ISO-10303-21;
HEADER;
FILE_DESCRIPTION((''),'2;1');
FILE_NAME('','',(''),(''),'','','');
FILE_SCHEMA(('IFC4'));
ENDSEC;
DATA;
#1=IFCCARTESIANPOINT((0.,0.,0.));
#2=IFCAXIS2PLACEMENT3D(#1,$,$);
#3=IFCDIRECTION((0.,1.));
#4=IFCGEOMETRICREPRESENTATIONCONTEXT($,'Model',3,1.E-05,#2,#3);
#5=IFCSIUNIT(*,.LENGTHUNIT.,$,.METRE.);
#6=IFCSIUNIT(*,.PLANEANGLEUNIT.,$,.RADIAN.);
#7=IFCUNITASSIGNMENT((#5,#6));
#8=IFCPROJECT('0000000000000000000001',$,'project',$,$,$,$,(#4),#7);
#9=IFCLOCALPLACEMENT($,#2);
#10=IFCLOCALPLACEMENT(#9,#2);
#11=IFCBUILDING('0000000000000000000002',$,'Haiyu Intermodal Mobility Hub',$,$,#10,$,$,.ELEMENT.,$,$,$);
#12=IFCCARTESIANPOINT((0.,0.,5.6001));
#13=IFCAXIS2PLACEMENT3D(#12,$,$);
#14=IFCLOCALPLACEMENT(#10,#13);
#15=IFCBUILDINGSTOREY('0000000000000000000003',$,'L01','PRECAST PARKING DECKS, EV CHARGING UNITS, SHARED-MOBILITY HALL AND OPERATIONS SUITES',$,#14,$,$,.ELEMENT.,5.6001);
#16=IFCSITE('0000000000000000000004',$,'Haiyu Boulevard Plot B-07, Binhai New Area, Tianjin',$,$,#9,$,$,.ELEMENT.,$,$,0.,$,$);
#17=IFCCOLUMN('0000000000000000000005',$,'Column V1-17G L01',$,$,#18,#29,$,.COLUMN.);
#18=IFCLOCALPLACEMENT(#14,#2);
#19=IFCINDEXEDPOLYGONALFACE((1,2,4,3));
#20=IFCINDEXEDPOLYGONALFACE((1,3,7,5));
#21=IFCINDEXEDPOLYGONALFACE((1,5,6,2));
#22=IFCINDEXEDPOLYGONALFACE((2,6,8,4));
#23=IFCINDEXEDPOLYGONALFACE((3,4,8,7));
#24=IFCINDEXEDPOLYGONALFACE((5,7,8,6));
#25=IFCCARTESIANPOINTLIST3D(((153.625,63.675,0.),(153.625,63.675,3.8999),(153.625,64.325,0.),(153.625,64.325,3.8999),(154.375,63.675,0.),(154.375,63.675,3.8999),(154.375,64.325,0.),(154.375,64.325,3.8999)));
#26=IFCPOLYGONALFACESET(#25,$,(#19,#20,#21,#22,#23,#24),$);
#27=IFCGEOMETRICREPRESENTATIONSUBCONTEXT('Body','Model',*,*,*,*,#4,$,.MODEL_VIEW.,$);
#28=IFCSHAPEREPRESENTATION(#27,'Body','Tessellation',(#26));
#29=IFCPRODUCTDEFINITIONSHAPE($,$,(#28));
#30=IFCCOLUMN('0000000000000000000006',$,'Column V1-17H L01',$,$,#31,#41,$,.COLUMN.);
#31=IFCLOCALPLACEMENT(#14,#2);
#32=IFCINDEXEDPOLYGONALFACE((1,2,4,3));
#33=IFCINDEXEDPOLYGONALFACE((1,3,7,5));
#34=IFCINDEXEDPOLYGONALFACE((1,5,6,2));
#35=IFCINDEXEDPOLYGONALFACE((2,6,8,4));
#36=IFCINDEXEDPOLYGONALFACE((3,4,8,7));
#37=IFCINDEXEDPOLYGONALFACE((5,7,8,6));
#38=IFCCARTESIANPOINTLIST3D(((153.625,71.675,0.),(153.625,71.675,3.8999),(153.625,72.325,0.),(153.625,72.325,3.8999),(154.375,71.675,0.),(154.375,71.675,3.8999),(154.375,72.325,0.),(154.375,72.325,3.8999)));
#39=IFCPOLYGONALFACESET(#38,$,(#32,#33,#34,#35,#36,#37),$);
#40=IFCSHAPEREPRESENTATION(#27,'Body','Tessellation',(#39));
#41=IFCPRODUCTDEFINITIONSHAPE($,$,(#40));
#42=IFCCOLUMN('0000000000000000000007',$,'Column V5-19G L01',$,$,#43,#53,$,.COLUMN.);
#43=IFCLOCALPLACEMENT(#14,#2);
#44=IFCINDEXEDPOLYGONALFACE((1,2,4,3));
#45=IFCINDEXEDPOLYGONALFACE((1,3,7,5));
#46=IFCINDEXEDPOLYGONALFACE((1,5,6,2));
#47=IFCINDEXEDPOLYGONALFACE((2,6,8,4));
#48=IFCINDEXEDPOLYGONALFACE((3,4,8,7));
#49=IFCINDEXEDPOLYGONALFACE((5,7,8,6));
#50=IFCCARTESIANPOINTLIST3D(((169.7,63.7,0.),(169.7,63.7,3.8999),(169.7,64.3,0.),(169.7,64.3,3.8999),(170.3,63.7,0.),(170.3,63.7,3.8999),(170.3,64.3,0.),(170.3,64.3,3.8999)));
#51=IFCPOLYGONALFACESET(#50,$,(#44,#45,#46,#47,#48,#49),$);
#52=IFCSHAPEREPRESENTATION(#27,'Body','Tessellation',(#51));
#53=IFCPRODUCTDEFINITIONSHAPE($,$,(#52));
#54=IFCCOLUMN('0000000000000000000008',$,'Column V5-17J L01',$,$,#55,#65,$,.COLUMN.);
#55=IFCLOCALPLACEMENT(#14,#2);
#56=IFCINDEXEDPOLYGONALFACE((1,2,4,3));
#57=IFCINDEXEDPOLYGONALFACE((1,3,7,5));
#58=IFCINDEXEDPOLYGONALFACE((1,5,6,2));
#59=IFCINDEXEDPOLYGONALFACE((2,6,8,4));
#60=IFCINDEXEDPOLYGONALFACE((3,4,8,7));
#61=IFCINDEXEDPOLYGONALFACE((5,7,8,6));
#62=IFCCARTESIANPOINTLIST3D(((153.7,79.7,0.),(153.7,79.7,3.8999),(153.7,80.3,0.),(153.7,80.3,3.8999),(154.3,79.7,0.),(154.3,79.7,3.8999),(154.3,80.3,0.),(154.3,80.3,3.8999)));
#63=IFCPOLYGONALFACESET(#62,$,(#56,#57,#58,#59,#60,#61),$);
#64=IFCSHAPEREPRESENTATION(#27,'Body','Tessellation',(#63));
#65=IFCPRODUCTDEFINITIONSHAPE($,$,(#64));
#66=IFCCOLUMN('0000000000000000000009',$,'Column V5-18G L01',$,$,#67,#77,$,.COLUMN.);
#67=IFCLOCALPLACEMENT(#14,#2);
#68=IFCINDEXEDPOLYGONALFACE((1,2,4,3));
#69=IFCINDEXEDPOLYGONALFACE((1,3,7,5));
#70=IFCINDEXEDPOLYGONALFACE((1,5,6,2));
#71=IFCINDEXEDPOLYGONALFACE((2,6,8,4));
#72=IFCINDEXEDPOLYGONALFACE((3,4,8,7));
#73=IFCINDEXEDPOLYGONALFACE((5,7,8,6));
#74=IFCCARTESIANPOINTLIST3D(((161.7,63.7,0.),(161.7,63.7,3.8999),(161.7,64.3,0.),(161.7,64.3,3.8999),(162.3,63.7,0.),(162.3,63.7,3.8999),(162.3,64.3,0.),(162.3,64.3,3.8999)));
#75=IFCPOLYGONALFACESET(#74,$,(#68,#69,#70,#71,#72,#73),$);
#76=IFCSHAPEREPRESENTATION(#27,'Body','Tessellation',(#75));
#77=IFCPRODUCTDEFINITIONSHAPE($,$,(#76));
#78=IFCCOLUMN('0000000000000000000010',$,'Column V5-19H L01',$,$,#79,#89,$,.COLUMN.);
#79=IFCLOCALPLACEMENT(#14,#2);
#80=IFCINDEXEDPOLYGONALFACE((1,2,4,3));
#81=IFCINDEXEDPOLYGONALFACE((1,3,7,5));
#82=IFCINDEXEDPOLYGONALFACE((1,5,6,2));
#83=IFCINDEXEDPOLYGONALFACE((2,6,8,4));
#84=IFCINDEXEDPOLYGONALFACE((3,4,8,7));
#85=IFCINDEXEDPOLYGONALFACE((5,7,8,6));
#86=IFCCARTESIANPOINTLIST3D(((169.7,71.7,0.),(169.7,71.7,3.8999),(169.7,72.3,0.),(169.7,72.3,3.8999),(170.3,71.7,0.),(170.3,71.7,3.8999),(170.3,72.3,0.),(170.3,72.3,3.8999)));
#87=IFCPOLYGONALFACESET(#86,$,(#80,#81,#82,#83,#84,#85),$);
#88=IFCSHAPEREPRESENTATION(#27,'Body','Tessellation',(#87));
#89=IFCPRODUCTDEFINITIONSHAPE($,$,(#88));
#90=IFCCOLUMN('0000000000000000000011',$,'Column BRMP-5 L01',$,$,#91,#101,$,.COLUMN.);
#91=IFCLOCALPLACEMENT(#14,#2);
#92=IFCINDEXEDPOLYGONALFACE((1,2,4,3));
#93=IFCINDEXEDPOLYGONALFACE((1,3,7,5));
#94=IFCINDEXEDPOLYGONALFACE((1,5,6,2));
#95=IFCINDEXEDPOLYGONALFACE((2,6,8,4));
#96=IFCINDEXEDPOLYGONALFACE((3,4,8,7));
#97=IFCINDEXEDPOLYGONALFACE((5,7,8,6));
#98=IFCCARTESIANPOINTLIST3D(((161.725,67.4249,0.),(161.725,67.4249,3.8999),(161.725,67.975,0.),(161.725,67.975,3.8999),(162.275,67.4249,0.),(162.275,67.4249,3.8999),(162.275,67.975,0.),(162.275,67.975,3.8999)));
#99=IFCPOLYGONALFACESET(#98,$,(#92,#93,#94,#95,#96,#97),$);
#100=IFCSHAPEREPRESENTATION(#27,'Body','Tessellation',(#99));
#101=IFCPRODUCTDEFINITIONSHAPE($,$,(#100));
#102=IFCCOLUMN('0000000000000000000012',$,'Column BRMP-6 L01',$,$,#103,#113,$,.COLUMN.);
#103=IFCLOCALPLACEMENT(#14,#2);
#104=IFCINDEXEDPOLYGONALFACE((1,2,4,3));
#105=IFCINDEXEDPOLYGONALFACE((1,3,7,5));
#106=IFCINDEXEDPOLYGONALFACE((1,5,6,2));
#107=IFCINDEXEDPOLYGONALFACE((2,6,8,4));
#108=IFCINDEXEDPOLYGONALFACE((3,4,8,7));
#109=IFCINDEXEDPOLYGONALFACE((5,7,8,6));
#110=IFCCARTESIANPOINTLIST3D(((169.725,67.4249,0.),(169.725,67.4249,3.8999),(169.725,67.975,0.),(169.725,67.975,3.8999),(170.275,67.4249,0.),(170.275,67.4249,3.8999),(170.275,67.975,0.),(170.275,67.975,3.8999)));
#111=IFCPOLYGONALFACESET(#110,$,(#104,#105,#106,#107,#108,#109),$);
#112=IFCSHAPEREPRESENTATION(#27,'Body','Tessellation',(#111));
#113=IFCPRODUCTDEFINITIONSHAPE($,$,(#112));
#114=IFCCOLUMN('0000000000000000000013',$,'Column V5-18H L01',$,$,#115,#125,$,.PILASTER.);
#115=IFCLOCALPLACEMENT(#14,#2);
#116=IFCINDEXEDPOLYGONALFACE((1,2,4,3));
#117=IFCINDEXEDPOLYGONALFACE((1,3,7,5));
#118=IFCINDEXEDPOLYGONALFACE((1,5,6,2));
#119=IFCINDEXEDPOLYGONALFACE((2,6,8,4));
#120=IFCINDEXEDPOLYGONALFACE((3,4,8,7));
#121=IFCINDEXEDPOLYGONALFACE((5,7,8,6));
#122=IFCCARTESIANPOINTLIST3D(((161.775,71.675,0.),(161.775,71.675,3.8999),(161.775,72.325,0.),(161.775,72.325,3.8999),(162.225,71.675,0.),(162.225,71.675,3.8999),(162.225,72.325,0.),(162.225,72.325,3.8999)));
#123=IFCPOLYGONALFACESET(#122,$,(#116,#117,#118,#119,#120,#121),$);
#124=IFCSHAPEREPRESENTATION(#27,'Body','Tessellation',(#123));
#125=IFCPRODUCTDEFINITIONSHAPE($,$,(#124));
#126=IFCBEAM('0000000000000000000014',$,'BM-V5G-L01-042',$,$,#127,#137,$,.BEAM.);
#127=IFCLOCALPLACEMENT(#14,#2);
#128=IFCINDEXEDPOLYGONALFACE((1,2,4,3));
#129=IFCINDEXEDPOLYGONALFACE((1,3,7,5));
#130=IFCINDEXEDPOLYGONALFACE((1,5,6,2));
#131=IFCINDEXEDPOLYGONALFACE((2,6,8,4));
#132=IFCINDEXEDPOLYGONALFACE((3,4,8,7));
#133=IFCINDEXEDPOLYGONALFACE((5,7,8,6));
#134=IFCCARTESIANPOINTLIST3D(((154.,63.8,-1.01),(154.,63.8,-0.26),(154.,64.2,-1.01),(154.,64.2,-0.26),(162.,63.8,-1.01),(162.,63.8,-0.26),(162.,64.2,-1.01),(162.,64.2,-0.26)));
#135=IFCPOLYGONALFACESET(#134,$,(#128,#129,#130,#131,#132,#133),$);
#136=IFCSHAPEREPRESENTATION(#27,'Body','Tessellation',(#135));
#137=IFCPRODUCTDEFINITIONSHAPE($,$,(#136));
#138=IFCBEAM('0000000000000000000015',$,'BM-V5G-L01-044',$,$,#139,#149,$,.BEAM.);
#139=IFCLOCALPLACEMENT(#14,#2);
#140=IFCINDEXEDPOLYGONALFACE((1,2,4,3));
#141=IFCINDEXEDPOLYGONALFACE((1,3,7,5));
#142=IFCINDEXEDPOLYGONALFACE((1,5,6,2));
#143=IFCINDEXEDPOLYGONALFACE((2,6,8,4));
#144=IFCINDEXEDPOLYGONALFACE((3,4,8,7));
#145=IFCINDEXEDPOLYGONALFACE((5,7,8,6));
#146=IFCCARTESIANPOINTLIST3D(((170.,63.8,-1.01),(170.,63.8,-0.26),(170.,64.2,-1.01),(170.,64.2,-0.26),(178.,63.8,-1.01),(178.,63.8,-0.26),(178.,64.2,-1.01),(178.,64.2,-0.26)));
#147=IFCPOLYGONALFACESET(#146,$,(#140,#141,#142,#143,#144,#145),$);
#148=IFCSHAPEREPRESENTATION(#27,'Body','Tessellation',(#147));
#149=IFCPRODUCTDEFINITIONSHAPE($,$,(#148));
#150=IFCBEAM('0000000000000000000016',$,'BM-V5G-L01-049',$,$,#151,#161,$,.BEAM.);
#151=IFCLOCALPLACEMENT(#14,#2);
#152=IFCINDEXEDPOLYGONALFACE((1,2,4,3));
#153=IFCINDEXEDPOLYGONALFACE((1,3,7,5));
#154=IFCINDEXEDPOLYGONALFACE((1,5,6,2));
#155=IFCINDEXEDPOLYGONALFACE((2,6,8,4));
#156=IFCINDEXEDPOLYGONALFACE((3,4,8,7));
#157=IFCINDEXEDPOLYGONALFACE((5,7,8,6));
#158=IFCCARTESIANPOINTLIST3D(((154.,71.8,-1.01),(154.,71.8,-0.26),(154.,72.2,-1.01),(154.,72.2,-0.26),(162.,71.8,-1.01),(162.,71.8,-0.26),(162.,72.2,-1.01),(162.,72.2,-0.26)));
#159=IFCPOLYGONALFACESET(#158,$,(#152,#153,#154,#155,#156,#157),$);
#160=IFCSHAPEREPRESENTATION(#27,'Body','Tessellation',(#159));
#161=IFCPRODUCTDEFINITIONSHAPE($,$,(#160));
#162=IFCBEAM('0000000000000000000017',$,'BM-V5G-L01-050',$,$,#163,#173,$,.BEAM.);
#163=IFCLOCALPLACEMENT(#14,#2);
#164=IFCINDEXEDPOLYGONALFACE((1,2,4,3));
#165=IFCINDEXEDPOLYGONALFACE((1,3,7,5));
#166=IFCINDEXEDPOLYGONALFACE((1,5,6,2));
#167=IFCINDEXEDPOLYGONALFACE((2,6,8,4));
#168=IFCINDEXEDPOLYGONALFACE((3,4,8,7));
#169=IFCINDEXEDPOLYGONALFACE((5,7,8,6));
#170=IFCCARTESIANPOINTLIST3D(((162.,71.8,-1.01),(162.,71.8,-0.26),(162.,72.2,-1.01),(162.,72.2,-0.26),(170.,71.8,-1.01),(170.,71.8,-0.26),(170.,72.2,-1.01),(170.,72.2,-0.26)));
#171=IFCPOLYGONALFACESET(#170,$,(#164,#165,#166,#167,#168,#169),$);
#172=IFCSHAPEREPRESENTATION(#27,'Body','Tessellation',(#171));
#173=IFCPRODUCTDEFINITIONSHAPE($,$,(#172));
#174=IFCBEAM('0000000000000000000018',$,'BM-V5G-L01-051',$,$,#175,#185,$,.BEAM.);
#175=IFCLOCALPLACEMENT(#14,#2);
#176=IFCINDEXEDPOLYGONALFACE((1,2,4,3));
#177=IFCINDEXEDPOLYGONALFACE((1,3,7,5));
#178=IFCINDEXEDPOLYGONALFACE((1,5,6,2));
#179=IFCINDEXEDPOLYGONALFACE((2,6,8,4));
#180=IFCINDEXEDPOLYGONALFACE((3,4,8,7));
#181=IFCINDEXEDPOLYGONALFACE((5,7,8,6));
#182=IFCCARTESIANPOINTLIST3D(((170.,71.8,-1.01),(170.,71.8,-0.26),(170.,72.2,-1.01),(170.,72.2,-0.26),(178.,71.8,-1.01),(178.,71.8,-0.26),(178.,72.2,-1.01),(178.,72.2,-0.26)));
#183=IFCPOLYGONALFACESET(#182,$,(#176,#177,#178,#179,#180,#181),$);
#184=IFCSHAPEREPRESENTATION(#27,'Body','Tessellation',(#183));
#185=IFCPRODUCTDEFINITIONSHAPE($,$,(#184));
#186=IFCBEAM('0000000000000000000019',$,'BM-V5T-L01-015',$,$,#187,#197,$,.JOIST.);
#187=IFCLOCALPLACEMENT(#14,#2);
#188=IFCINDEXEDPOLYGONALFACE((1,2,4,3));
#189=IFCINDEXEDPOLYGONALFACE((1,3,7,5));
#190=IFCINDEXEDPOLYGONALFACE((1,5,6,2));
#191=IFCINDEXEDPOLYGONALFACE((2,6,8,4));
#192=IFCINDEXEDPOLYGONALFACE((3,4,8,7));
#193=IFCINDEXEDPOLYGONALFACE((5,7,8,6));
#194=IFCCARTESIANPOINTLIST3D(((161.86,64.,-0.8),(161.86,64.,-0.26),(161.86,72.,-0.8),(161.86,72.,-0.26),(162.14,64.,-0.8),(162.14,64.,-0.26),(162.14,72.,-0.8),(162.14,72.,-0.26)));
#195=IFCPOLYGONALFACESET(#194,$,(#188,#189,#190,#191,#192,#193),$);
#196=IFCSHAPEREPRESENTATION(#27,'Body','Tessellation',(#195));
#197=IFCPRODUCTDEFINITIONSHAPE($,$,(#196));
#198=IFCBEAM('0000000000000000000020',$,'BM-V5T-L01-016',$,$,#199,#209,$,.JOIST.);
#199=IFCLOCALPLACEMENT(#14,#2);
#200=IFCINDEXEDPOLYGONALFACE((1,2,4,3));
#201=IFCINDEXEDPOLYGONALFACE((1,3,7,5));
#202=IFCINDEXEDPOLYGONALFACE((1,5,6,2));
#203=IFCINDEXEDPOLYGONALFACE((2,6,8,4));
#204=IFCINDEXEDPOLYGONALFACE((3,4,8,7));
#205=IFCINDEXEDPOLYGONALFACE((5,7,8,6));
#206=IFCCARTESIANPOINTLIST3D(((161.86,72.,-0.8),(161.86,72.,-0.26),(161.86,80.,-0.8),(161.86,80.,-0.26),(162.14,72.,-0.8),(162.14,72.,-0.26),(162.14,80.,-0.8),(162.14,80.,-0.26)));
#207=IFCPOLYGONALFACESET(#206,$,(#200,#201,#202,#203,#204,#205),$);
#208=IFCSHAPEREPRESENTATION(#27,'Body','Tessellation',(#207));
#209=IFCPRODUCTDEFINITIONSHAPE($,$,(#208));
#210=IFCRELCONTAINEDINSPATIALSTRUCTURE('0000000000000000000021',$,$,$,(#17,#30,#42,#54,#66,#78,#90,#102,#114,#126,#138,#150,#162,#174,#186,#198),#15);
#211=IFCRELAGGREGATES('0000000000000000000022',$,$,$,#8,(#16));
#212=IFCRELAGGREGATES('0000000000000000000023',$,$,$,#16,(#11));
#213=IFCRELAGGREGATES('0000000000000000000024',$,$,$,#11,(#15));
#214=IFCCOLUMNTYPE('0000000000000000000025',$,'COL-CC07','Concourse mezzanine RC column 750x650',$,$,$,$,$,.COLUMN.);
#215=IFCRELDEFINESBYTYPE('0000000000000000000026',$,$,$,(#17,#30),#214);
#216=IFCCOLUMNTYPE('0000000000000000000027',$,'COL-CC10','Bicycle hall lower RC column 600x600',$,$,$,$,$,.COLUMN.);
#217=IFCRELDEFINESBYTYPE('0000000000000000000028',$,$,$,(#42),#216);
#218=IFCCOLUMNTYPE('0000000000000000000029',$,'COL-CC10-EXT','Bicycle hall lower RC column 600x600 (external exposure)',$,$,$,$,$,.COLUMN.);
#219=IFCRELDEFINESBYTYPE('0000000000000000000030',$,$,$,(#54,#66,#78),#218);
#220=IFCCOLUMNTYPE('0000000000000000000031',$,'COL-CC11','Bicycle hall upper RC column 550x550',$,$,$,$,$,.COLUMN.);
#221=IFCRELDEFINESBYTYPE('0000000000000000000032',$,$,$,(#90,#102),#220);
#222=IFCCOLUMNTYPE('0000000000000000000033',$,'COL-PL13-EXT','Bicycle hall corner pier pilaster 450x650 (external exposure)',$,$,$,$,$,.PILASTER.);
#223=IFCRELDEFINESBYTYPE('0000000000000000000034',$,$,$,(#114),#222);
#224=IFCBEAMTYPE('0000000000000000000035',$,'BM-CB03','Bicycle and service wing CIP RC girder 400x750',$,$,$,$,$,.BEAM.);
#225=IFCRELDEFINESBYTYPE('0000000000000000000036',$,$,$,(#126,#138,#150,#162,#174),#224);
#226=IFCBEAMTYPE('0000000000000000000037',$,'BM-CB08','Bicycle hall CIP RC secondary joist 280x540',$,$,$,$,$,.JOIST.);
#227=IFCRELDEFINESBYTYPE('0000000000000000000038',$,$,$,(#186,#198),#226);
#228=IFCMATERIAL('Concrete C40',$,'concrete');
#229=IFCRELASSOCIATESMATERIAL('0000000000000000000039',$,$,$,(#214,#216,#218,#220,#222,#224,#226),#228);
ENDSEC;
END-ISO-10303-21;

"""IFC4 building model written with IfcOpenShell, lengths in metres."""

from ifc_helpers import new_model, si_unit, direction, frame, origin, origin_2d, place, context, subcontext, project, spatial, rectangle, extrude, material, material_profile, profile_set, type_object, element, save


model = new_model("IFC4")

# Units and contexts
model_context = context("Model", 3, precision=1e-05, world=origin(), true_north=direction((0.0, 1.0)))
body_context = subcontext(model_context, "Body", "Model", "MODEL_VIEW")
ifc_project = project(units=[si_unit("LENGTHUNIT", "METRE"), si_unit("PLANEANGLEUNIT", "RADIAN")], contexts=[model_context])

# Site, building, storey
site_placement = place(None, origin())
site = spatial("IfcSite", under=ifc_project, at=site_placement, Name="Haiyu Boulevard Plot B-07, Binhai New Area, Tianjin", CompositionType="ELEMENT", RefElevation=0.0)
building_placement = place(site_placement, origin())
building = spatial("IfcBuilding", under=site, at=building_placement, Name="Haiyu Intermodal Mobility Hub", CompositionType="ELEMENT")
storey_placement = place(building_placement, frame((0.0, 0.0, 5.6001)))
storey = spatial("IfcBuildingStorey", under=building, at=storey_placement, Name="L01", Description="PRECAST PARKING DECKS, EV CHARGING UNITS, SHARED-MOBILITY HALL AND OPERATIONS SUITES", CompositionType="ELEMENT", Elevation=5.6001)

# Columns
ifc_material_1 = material(Name="Concrete C40", Category="concrete")
ifc_material_profile_1 = material_profile(ifc_material_1, rectangle(XDim=0.75, YDim=0.6499, at=origin_2d()), Name="RC750x650")
ifc_profile_set_1 = profile_set([ifc_material_profile_1], Name="Concrete C40")
column_type_1 = type_object("IfcColumnType", Name="COL-CC07", Description="Concourse mezzanine RC column 750x650", PredefinedType="COLUMN", material=ifc_profile_set_1)
for number, where, z_axis, x_axis, name in (
    (1, (154.0, 64.0, 0.0), (0.0, 0.0, 1.0), (1.0, 0.0, 0.0), "Column V1-17G L01"),
    (2, (154.0, 72.0, 0.0), (0.0, 0.0, 1.0), (1.0, 0.0, 0.0), "Column V1-17H L01"),
):
    element("IfcColumn", number, at=place(storey_placement, frame(where, z_axis=z_axis, x_axis=x_axis)), inside=storey, type_object=column_type_1, Name=name, PredefinedType="COLUMN", context=body_context, shape_type="SweptSolid", body=[
        extrude(rectangle(XDim=0.75, YDim=0.6499, at=origin_2d()), origin(), (0.0, 0.0, 1.0), 3.8999),
    ])
ifc_material_profile_2 = material_profile(ifc_material_1, rectangle(XDim=0.6001, YDim=0.6001, at=origin_2d()), Name="RC600x600")
ifc_profile_set_2 = profile_set([ifc_material_profile_2], Name="Concrete C40")
column_type_2 = type_object("IfcColumnType", Name="COL-CC10", Description="Bicycle hall lower RC column 600x600", PredefinedType="COLUMN", material=ifc_profile_set_2)
column_1_placement = place(storey_placement, frame((170.0, 64.0, 0.0), z_axis=(0.0, 0.0, 1.0), x_axis=(1.0, 0.0, 0.0)))
element("IfcColumn", 3, at=column_1_placement, inside=storey, type_object=column_type_2, Name="Column V5-19G L01", PredefinedType="COLUMN", context=body_context, shape_type="SweptSolid", body=[
    extrude(rectangle(XDim=0.6001, YDim=0.6001, at=origin_2d()), origin(), (0.0, 0.0, 1.0), 3.8999),
])
ifc_material_profile_3 = material_profile(ifc_material_1, rectangle(XDim=0.6001, YDim=0.6001, at=origin_2d()), Name="RC600x600")
ifc_profile_set_3 = profile_set([ifc_material_profile_3], Name="Concrete C40")
column_type_3 = type_object("IfcColumnType", Name="COL-CC10-EXT", Description="Bicycle hall lower RC column 600x600 (external exposure)", PredefinedType="COLUMN", material=ifc_profile_set_3)
for number, where, z_axis, x_axis, name in (
    (4, (154.0, 80.0, 0.0), (0.0, 0.0, 1.0), (1.0, 0.0, 0.0), "Column V5-17J L01"),
    (5, (162.0, 64.0, 0.0), (0.0, 0.0, 1.0), (1.0, 0.0, 0.0), "Column V5-18G L01"),
    (6, (170.0, 72.0, 0.0), (0.0, 0.0, 1.0), (1.0, 0.0, 0.0), "Column V5-19H L01"),
):
    element("IfcColumn", number, at=place(storey_placement, frame(where, z_axis=z_axis, x_axis=x_axis)), inside=storey, type_object=column_type_3, Name=name, PredefinedType="COLUMN", context=body_context, shape_type="SweptSolid", body=[
        extrude(rectangle(XDim=0.6001, YDim=0.6001, at=origin_2d()), origin(), (0.0, 0.0, 1.0), 3.8999),
    ])
ifc_material_profile_4 = material_profile(ifc_material_1, rectangle(XDim=0.55, YDim=0.55, at=origin_2d()), Name="RC550x550")
ifc_profile_set_4 = profile_set([ifc_material_profile_4], Name="Concrete C40")
column_type_4 = type_object("IfcColumnType", Name="COL-CC11", Description="Bicycle hall upper RC column 550x550", PredefinedType="COLUMN", material=ifc_profile_set_4)
for number, where, z_axis, x_axis, name in (
    (7, (162.0, 67.7, 0.0), (0.0, 0.0, 1.0), (1.0, 0.0, 0.0), "Column BRMP-5 L01"),
    (8, (170.0, 67.7, 0.0), (0.0, 0.0, 1.0), (1.0, 0.0, 0.0), "Column BRMP-6 L01"),
):
    element("IfcColumn", number, at=place(storey_placement, frame(where, z_axis=z_axis, x_axis=x_axis)), inside=storey, type_object=column_type_4, Name=name, PredefinedType="COLUMN", context=body_context, shape_type="SweptSolid", body=[
        extrude(rectangle(XDim=0.55, YDim=0.55, at=origin_2d()), origin(), (0.0, 0.0, 1.0), 3.8999),
    ])
ifc_material_profile_5 = material_profile(ifc_material_1, rectangle(XDim=0.45, YDim=0.6499, at=origin_2d()), Name="C450x650")
ifc_profile_set_5 = profile_set([ifc_material_profile_5], Name="Concrete C40")
column_type_5 = type_object("IfcColumnType", Name="COL-PL13-EXT", Description="Bicycle hall corner pier pilaster 450x650 (external exposure)", PredefinedType="PILASTER", material=ifc_profile_set_5)
column_2_placement = place(storey_placement, frame((162.0, 72.0, 0.0), z_axis=(0.0, 0.0, 1.0), x_axis=(1.0, 0.0, 0.0)))
element("IfcColumn", 9, at=column_2_placement, inside=storey, type_object=column_type_5, Name="Column V5-18H L01", PredefinedType="PILASTER", context=body_context, shape_type="SweptSolid", body=[
    extrude(rectangle(XDim=0.45, YDim=0.6499, at=origin_2d()), origin(), (0.0, 0.0, 1.0), 3.8999),
])

# Beams
ifc_material_profile_6 = material_profile(ifc_material_1, rectangle(XDim=0.3999, YDim=0.75, at=origin_2d()), Name="RCB400x750")
ifc_profile_set_6 = profile_set([ifc_material_profile_6], Name="Concrete C40")
beam_type_1 = type_object("IfcBeamType", Name="BM-CB03", Description="Bicycle and service wing CIP RC girder 400x750", PredefinedType="BEAM", material=ifc_profile_set_6)
for number, where, z_axis, x_axis, name in (
    (10, (154.0, 64.0, -0.635), (1.0, 0.0, 0.0), (0.0, 1.0, 0.0), "BM-V5G-L01-042"),
    (11, (170.0, 64.0, -0.635), (1.0, 0.0, 0.0), (0.0, 1.0, 0.0), "BM-V5G-L01-044"),
    (12, (154.0, 72.0, -0.635), (1.0, 0.0, 0.0), (0.0, 1.0, 0.0), "BM-V5G-L01-049"),
    (13, (162.0, 72.0, -0.635), (1.0, 0.0, 0.0), (0.0, 1.0, 0.0), "BM-V5G-L01-050"),
    (14, (170.0, 72.0, -0.635), (1.0, 0.0, 0.0), (0.0, 1.0, 0.0), "BM-V5G-L01-051"),
):
    element("IfcBeam", number, at=place(storey_placement, frame(where, z_axis=z_axis, x_axis=x_axis)), inside=storey, type_object=beam_type_1, Name=name, PredefinedType="BEAM", context=body_context, shape_type="SweptSolid", body=[
        extrude(rectangle(XDim=0.3999, YDim=0.75, at=origin_2d()), origin(), (0.0, 0.0, 1.0), 8.0),
    ])
ifc_material_profile_7 = material_profile(ifc_material_1, rectangle(XDim=0.28, YDim=0.54, at=origin_2d()), Name="RCB280x540")
ifc_profile_set_7 = profile_set([ifc_material_profile_7], Name="Concrete C40")
beam_type_2 = type_object("IfcBeamType", Name="BM-CB08", Description="Bicycle hall CIP RC secondary joist 280x540", PredefinedType="JOIST", material=ifc_profile_set_7)
for number, where, z_axis, x_axis, name in (
    (15, (162.0, 64.0, -0.53), (0.0, 1.0, 0.0), (-1.0, 0.0, 0.0), "BM-V5T-L01-015"),
    (16, (162.0, 72.0, -0.53), (0.0, 1.0, 0.0), (-1.0, 0.0, 0.0), "BM-V5T-L01-016"),
):
    element("IfcBeam", number, at=place(storey_placement, frame(where, z_axis=z_axis, x_axis=x_axis)), inside=storey, type_object=beam_type_2, Name=name, PredefinedType="JOIST", context=body_context, shape_type="SweptSolid", body=[
        extrude(rectangle(XDim=0.28, YDim=0.54, at=origin_2d()), origin(), (0.0, 0.0, 1.0), 8.0),
    ])

save(model, "model.ifc")
